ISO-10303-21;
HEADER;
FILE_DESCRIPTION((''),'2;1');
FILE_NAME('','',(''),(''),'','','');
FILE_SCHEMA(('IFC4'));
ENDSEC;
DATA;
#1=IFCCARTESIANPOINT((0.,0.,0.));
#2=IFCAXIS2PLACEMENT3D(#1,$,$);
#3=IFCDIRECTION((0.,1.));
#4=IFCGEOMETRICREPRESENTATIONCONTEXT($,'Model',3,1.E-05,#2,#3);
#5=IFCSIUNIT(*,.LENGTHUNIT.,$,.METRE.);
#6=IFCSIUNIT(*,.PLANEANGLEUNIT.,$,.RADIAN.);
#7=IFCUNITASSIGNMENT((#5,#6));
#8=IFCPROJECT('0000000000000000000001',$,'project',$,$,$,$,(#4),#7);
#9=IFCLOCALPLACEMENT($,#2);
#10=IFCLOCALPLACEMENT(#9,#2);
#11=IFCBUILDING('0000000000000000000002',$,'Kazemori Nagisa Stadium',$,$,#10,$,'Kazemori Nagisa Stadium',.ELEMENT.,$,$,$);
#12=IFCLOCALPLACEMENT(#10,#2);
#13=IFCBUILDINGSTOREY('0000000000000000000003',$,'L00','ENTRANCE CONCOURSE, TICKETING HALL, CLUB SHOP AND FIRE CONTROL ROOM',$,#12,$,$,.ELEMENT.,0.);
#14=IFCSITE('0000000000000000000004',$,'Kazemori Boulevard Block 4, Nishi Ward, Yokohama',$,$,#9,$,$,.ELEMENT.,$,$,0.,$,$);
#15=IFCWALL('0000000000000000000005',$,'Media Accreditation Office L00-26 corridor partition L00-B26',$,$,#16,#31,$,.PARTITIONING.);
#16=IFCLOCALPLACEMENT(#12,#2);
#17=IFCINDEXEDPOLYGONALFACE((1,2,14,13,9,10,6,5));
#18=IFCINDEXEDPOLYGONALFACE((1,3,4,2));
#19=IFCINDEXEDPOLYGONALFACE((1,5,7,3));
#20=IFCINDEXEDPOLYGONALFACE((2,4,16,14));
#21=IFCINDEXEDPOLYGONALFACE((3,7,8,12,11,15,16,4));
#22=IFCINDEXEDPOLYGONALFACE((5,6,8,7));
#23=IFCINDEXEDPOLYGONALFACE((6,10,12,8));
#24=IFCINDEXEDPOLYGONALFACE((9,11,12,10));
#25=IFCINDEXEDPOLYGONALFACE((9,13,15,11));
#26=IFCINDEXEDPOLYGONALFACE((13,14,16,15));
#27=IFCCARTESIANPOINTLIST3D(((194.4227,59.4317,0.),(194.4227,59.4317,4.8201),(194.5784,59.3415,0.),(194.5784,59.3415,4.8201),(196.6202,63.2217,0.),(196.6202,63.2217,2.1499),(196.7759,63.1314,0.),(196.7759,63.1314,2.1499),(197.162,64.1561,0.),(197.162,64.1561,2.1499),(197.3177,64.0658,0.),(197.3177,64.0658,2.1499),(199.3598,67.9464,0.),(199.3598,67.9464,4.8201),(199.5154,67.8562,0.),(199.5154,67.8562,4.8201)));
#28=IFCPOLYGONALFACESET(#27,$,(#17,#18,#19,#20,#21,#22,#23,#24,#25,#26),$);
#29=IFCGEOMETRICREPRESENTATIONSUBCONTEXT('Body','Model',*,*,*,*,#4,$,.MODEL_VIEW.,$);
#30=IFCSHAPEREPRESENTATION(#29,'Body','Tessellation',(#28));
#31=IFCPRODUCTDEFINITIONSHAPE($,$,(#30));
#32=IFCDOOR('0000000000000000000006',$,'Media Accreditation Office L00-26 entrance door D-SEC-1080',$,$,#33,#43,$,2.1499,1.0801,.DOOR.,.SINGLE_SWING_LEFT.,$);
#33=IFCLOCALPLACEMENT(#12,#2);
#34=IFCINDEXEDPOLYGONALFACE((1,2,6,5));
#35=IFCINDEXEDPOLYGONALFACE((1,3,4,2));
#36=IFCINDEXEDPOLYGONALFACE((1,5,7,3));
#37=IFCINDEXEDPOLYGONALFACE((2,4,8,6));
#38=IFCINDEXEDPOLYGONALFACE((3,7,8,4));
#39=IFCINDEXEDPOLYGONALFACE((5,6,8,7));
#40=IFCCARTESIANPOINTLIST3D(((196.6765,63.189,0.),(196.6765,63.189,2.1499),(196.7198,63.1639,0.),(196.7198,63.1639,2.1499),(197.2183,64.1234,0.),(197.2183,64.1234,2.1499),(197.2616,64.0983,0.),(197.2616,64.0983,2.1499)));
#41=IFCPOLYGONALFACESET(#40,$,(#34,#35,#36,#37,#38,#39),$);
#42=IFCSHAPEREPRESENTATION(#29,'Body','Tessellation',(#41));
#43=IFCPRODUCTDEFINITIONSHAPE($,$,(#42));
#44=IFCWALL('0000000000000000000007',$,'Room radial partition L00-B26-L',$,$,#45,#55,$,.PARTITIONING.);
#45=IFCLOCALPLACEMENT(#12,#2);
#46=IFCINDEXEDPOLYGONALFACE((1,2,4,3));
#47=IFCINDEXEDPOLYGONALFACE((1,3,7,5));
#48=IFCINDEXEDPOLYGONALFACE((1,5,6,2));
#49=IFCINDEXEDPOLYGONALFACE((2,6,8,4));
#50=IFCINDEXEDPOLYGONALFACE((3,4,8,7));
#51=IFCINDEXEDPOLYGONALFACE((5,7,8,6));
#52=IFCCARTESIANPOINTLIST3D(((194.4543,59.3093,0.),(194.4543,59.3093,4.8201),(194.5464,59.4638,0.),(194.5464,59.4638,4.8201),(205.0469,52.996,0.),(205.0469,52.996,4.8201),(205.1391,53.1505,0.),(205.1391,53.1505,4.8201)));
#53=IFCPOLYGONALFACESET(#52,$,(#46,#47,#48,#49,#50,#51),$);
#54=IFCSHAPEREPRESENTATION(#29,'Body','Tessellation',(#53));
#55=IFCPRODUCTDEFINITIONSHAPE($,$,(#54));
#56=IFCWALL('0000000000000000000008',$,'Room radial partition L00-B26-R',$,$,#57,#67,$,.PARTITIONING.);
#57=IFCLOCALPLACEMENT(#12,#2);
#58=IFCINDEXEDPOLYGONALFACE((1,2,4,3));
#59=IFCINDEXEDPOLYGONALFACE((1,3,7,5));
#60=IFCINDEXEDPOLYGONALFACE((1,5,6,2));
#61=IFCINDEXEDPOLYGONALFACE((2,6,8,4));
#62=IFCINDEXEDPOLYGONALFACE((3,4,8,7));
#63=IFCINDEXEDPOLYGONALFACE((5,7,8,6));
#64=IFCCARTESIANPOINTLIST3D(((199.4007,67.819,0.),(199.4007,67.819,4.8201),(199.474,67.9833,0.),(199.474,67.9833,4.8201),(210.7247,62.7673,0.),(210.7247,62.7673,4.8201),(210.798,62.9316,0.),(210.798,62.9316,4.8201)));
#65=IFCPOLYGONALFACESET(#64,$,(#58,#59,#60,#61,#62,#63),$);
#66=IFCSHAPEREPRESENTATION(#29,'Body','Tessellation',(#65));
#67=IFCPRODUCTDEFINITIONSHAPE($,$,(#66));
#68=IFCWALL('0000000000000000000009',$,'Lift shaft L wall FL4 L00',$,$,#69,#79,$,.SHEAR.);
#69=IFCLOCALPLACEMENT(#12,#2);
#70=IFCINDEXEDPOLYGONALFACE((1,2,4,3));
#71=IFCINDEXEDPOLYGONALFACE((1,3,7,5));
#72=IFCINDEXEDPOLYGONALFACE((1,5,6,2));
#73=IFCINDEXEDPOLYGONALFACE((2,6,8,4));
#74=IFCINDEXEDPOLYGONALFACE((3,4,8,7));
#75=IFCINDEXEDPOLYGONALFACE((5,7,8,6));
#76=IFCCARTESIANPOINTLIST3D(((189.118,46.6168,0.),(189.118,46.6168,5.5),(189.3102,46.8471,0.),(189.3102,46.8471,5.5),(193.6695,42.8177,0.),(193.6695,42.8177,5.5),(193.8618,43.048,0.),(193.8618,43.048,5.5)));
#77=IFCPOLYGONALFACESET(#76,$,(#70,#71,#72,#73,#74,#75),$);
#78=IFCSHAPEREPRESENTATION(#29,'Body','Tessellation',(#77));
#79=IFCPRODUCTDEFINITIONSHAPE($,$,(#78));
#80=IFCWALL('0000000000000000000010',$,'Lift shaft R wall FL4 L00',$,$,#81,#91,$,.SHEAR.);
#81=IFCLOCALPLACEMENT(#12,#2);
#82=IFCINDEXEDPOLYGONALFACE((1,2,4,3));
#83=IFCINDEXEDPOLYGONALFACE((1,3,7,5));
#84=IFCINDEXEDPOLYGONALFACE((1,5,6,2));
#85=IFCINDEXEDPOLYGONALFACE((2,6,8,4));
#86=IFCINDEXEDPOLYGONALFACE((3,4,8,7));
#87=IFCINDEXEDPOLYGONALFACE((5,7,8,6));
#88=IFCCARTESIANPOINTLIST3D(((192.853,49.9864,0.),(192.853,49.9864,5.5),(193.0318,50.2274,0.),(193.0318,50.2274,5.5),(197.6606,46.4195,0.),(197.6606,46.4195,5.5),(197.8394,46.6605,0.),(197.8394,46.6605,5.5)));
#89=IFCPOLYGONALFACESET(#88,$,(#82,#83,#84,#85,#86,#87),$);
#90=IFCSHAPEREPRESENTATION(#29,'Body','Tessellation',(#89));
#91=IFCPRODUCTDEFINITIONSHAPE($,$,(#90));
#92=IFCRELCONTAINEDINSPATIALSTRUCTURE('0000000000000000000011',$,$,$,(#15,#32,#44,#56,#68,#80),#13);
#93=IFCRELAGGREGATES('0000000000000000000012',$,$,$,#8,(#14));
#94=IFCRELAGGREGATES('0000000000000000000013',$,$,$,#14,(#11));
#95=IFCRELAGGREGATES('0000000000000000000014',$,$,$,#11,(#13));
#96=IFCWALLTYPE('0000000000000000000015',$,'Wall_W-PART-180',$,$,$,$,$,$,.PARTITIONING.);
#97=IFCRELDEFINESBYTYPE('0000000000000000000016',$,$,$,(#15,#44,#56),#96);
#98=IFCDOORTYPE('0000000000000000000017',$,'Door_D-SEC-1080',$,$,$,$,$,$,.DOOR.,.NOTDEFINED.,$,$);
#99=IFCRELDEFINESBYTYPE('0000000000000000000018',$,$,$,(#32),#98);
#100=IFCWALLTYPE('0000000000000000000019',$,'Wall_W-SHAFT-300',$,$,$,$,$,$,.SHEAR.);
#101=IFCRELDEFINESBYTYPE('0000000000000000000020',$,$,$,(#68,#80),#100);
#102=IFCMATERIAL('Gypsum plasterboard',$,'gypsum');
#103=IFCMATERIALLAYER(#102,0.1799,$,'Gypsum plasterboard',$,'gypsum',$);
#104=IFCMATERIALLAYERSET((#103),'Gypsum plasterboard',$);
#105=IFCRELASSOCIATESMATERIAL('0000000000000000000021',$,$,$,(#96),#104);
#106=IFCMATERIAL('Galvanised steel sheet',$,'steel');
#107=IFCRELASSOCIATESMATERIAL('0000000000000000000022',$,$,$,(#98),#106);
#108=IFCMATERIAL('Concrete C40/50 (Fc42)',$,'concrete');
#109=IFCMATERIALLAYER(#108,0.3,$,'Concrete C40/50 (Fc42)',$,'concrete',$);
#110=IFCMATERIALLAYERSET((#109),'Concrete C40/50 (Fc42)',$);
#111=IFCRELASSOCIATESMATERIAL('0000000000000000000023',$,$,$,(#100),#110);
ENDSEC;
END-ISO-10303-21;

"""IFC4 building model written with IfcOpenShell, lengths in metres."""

from ifc_helpers import new_model, si_unit, direction, frame, frame_2d, origin, place, context, subcontext, project, spatial, rectangle, extrude, material, layer, layer_set, type_object, element, fill, save


model = new_model("IFC4")

# Units and contexts
model_context = context("Model", 3, precision=1e-05, world=origin(), true_north=direction((0.0, 1.0)))
body_context = subcontext(model_context, "Body", "Model", "MODEL_VIEW")
ifc_project = project(units=[si_unit("LENGTHUNIT", "METRE"), si_unit("PLANEANGLEUNIT", "RADIAN")], contexts=[model_context])

# Site, building, storey
site_placement = place(None, origin())
site = spatial("IfcSite", under=ifc_project, at=site_placement, Name="Kazemori Boulevard Block 4, Nishi Ward, Yokohama", CompositionType="ELEMENT", RefElevation=0.0)
building_placement = place(site_placement, origin())
building = spatial("IfcBuilding", under=site, at=building_placement, Name="Kazemori Nagisa Stadium", LongName="Kazemori Nagisa Stadium", CompositionType="ELEMENT")
storey_placement = place(building_placement, origin())
storey = spatial("IfcBuildingStorey", under=building, at=storey_placement, Name="L00", Description="ENTRANCE CONCOURSE, TICKETING HALL, CLUB SHOP AND FIRE CONTROL ROOM", CompositionType="ELEMENT", Elevation=0.0)

# Shared definitions
ifc_material_1 = material(Name="Concrete C40/50 (Fc42)", Category="concrete")

# Shared definitions
ifc_material_2 = material(Name="Galvanised steel sheet", Category="steel")

# Wall, opening, door
ifc_material_3 = material(Name="Gypsum plasterboard", Category="gypsum")
ifc_layer_1 = layer(ifc_material_3, 0.1799, Name="Gypsum plasterboard", Category="gypsum")
ifc_layer_set_1 = layer_set([ifc_layer_1], Name="Gypsum plasterboard")
wall_type_1 = type_object("IfcWallType", Name="Wall_W-PART-180", PredefinedType="PARTITIONING", material=ifc_layer_set_1)
wall_1_placement = place(storey_placement, frame((194.5005, 59.3865, 0.0), z_axis=(0.0, 0.0, 1.0), x_axis=(0.501605, 0.865097, 0.0)))
wall_1 = element("IfcWall", 1, at=wall_1_placement, inside=storey, type_object=wall_type_1, Name="Media Accreditation Office L00-26 corridor partition L00-B26", PredefinedType="PARTITIONING", context=body_context, shape_type="SweptSolid", body=[
    extrude(rectangle(XDim=9.8425, YDim=0.1799, at=frame_2d((4.9214, 0.0))), origin(), (0.0, 0.0, 1.0), 4.8201),
])
opening_1_placement = place(wall_1_placement, frame((4.3811, 0.0, 0.0)))
opening_1 = element("IfcOpeningElement", 2, at=opening_1_placement, cuts=wall_1, PredefinedType="OPENING", context=body_context, shape_type="SweptSolid", body=[
    extrude(rectangle(XDim=1.0801, YDim=2.1499, at=frame_2d((0.54, 1.075))), frame((0.0, 0.0999, 0.0), z_axis=(0.0, -1.0, 0.0), x_axis=(1.0, 0.0, 0.0)), (0.0, 0.0, 1.0), 0.2),
])
door_type_1 = type_object("IfcDoorType", Name="Door_D-SEC-1080", OperationType="NOTDEFINED", PredefinedType="DOOR", material=ifc_material_2)
door_1_placement = place(opening_1_placement, origin())
door_1 = element("IfcDoor", 3, at=door_1_placement, inside=storey, type_object=door_type_1, Name="Media Accreditation Office L00-26 entrance door D-SEC-1080", OperationType="SINGLE_SWING_LEFT", OverallHeight=2.1499, OverallWidth=1.0801, PredefinedType="DOOR", context=body_context, shape_type="SweptSolid", body=[
    extrude(rectangle(XDim=1.0801, YDim=2.1499, at=frame_2d((0.54, 1.075))), frame((0.0, 0.0249, 0.0), z_axis=(0.0, -1.0, 0.0), x_axis=(1.0, 0.0, 0.0)), (0.0, 0.0, 1.0), 0.05),
])
fill(opening_1, door_1)

# Walls
wall_2_placement = place(storey_placement, frame((194.5005, 59.3865, 0.0), z_axis=(0.0, 0.0, 1.0), x_axis=(0.859002, -0.511972, 0.0)))
element("IfcWall", 4, at=wall_2_placement, inside=storey, type_object=wall_type_1, Name="Room radial partition L00-B26-L", PredefinedType="PARTITIONING", context=body_context, shape_type="SweptSolid", body=[
    extrude(rectangle(XDim=12.3313, YDim=0.1799, at=frame_2d((6.1655, 0.0))), origin(), (0.0, 0.0, 1.0), 4.8201),
])
wall_3_placement = place(storey_placement, frame((199.4375, 67.9011, 0.0), z_axis=(0.0, 0.0, 1.0), x_axis=(0.913246, -0.40741, 0.0)))
element("IfcWall", 5, at=wall_3_placement, inside=storey, type_object=wall_type_1, Name="Room radial partition L00-B26-R", PredefinedType="PARTITIONING", context=body_context, shape_type="SweptSolid", body=[
    extrude(rectangle(XDim=12.3997, YDim=0.1799, at=frame_2d((6.1997, 0.0))), origin(), (0.0, 0.0, 1.0), 4.8201),
])
ifc_layer_2 = layer(ifc_material_1, 0.3, Name="Concrete C40/50 (Fc42)", Category="concrete")
ifc_layer_set_2 = layer_set([ifc_layer_2], Name="Concrete C40/50 (Fc42)")
wall_type_2 = type_object("IfcWallType", Name="Wall_W-SHAFT-300", PredefinedType="SHEAR", material=ifc_layer_set_2)
wall_4_placement = place(storey_placement, frame((189.2141, 46.7319, 0.0), z_axis=(0.0, 0.0, 1.0), x_axis=(0.767711, -0.640796, 0.0)))
element("IfcWall", 6, at=wall_4_placement, inside=storey, type_object=wall_type_2, Name="Lift shaft L wall FL4 L00", PredefinedType="SHEAR", context=body_context, shape_type="SweptSolid", body=[
    extrude(rectangle(XDim=5.9287, YDim=0.3, at=frame_2d((2.9644, 0.0))), origin(), (0.0, 0.0, 1.0), 5.5),
])
wall_5_placement = place(storey_placement, frame((192.9424, 50.1069, 0.0), z_axis=(0.0, 0.0, 1.0), x_axis=(0.803102, -0.595842, 0.0)))
element("IfcWall", 7, at=wall_5_placement, inside=storey, type_object=wall_type_2, Name="Lift shaft R wall FL4 L00", PredefinedType="SHEAR", context=body_context, shape_type="SweptSolid", body=[
    extrude(rectangle(XDim=5.9863, YDim=0.3, at=frame_2d((2.9932, 0.0))), origin(), (0.0, 0.0, 1.0), 5.5),
])

save(model, "model.ifc")
